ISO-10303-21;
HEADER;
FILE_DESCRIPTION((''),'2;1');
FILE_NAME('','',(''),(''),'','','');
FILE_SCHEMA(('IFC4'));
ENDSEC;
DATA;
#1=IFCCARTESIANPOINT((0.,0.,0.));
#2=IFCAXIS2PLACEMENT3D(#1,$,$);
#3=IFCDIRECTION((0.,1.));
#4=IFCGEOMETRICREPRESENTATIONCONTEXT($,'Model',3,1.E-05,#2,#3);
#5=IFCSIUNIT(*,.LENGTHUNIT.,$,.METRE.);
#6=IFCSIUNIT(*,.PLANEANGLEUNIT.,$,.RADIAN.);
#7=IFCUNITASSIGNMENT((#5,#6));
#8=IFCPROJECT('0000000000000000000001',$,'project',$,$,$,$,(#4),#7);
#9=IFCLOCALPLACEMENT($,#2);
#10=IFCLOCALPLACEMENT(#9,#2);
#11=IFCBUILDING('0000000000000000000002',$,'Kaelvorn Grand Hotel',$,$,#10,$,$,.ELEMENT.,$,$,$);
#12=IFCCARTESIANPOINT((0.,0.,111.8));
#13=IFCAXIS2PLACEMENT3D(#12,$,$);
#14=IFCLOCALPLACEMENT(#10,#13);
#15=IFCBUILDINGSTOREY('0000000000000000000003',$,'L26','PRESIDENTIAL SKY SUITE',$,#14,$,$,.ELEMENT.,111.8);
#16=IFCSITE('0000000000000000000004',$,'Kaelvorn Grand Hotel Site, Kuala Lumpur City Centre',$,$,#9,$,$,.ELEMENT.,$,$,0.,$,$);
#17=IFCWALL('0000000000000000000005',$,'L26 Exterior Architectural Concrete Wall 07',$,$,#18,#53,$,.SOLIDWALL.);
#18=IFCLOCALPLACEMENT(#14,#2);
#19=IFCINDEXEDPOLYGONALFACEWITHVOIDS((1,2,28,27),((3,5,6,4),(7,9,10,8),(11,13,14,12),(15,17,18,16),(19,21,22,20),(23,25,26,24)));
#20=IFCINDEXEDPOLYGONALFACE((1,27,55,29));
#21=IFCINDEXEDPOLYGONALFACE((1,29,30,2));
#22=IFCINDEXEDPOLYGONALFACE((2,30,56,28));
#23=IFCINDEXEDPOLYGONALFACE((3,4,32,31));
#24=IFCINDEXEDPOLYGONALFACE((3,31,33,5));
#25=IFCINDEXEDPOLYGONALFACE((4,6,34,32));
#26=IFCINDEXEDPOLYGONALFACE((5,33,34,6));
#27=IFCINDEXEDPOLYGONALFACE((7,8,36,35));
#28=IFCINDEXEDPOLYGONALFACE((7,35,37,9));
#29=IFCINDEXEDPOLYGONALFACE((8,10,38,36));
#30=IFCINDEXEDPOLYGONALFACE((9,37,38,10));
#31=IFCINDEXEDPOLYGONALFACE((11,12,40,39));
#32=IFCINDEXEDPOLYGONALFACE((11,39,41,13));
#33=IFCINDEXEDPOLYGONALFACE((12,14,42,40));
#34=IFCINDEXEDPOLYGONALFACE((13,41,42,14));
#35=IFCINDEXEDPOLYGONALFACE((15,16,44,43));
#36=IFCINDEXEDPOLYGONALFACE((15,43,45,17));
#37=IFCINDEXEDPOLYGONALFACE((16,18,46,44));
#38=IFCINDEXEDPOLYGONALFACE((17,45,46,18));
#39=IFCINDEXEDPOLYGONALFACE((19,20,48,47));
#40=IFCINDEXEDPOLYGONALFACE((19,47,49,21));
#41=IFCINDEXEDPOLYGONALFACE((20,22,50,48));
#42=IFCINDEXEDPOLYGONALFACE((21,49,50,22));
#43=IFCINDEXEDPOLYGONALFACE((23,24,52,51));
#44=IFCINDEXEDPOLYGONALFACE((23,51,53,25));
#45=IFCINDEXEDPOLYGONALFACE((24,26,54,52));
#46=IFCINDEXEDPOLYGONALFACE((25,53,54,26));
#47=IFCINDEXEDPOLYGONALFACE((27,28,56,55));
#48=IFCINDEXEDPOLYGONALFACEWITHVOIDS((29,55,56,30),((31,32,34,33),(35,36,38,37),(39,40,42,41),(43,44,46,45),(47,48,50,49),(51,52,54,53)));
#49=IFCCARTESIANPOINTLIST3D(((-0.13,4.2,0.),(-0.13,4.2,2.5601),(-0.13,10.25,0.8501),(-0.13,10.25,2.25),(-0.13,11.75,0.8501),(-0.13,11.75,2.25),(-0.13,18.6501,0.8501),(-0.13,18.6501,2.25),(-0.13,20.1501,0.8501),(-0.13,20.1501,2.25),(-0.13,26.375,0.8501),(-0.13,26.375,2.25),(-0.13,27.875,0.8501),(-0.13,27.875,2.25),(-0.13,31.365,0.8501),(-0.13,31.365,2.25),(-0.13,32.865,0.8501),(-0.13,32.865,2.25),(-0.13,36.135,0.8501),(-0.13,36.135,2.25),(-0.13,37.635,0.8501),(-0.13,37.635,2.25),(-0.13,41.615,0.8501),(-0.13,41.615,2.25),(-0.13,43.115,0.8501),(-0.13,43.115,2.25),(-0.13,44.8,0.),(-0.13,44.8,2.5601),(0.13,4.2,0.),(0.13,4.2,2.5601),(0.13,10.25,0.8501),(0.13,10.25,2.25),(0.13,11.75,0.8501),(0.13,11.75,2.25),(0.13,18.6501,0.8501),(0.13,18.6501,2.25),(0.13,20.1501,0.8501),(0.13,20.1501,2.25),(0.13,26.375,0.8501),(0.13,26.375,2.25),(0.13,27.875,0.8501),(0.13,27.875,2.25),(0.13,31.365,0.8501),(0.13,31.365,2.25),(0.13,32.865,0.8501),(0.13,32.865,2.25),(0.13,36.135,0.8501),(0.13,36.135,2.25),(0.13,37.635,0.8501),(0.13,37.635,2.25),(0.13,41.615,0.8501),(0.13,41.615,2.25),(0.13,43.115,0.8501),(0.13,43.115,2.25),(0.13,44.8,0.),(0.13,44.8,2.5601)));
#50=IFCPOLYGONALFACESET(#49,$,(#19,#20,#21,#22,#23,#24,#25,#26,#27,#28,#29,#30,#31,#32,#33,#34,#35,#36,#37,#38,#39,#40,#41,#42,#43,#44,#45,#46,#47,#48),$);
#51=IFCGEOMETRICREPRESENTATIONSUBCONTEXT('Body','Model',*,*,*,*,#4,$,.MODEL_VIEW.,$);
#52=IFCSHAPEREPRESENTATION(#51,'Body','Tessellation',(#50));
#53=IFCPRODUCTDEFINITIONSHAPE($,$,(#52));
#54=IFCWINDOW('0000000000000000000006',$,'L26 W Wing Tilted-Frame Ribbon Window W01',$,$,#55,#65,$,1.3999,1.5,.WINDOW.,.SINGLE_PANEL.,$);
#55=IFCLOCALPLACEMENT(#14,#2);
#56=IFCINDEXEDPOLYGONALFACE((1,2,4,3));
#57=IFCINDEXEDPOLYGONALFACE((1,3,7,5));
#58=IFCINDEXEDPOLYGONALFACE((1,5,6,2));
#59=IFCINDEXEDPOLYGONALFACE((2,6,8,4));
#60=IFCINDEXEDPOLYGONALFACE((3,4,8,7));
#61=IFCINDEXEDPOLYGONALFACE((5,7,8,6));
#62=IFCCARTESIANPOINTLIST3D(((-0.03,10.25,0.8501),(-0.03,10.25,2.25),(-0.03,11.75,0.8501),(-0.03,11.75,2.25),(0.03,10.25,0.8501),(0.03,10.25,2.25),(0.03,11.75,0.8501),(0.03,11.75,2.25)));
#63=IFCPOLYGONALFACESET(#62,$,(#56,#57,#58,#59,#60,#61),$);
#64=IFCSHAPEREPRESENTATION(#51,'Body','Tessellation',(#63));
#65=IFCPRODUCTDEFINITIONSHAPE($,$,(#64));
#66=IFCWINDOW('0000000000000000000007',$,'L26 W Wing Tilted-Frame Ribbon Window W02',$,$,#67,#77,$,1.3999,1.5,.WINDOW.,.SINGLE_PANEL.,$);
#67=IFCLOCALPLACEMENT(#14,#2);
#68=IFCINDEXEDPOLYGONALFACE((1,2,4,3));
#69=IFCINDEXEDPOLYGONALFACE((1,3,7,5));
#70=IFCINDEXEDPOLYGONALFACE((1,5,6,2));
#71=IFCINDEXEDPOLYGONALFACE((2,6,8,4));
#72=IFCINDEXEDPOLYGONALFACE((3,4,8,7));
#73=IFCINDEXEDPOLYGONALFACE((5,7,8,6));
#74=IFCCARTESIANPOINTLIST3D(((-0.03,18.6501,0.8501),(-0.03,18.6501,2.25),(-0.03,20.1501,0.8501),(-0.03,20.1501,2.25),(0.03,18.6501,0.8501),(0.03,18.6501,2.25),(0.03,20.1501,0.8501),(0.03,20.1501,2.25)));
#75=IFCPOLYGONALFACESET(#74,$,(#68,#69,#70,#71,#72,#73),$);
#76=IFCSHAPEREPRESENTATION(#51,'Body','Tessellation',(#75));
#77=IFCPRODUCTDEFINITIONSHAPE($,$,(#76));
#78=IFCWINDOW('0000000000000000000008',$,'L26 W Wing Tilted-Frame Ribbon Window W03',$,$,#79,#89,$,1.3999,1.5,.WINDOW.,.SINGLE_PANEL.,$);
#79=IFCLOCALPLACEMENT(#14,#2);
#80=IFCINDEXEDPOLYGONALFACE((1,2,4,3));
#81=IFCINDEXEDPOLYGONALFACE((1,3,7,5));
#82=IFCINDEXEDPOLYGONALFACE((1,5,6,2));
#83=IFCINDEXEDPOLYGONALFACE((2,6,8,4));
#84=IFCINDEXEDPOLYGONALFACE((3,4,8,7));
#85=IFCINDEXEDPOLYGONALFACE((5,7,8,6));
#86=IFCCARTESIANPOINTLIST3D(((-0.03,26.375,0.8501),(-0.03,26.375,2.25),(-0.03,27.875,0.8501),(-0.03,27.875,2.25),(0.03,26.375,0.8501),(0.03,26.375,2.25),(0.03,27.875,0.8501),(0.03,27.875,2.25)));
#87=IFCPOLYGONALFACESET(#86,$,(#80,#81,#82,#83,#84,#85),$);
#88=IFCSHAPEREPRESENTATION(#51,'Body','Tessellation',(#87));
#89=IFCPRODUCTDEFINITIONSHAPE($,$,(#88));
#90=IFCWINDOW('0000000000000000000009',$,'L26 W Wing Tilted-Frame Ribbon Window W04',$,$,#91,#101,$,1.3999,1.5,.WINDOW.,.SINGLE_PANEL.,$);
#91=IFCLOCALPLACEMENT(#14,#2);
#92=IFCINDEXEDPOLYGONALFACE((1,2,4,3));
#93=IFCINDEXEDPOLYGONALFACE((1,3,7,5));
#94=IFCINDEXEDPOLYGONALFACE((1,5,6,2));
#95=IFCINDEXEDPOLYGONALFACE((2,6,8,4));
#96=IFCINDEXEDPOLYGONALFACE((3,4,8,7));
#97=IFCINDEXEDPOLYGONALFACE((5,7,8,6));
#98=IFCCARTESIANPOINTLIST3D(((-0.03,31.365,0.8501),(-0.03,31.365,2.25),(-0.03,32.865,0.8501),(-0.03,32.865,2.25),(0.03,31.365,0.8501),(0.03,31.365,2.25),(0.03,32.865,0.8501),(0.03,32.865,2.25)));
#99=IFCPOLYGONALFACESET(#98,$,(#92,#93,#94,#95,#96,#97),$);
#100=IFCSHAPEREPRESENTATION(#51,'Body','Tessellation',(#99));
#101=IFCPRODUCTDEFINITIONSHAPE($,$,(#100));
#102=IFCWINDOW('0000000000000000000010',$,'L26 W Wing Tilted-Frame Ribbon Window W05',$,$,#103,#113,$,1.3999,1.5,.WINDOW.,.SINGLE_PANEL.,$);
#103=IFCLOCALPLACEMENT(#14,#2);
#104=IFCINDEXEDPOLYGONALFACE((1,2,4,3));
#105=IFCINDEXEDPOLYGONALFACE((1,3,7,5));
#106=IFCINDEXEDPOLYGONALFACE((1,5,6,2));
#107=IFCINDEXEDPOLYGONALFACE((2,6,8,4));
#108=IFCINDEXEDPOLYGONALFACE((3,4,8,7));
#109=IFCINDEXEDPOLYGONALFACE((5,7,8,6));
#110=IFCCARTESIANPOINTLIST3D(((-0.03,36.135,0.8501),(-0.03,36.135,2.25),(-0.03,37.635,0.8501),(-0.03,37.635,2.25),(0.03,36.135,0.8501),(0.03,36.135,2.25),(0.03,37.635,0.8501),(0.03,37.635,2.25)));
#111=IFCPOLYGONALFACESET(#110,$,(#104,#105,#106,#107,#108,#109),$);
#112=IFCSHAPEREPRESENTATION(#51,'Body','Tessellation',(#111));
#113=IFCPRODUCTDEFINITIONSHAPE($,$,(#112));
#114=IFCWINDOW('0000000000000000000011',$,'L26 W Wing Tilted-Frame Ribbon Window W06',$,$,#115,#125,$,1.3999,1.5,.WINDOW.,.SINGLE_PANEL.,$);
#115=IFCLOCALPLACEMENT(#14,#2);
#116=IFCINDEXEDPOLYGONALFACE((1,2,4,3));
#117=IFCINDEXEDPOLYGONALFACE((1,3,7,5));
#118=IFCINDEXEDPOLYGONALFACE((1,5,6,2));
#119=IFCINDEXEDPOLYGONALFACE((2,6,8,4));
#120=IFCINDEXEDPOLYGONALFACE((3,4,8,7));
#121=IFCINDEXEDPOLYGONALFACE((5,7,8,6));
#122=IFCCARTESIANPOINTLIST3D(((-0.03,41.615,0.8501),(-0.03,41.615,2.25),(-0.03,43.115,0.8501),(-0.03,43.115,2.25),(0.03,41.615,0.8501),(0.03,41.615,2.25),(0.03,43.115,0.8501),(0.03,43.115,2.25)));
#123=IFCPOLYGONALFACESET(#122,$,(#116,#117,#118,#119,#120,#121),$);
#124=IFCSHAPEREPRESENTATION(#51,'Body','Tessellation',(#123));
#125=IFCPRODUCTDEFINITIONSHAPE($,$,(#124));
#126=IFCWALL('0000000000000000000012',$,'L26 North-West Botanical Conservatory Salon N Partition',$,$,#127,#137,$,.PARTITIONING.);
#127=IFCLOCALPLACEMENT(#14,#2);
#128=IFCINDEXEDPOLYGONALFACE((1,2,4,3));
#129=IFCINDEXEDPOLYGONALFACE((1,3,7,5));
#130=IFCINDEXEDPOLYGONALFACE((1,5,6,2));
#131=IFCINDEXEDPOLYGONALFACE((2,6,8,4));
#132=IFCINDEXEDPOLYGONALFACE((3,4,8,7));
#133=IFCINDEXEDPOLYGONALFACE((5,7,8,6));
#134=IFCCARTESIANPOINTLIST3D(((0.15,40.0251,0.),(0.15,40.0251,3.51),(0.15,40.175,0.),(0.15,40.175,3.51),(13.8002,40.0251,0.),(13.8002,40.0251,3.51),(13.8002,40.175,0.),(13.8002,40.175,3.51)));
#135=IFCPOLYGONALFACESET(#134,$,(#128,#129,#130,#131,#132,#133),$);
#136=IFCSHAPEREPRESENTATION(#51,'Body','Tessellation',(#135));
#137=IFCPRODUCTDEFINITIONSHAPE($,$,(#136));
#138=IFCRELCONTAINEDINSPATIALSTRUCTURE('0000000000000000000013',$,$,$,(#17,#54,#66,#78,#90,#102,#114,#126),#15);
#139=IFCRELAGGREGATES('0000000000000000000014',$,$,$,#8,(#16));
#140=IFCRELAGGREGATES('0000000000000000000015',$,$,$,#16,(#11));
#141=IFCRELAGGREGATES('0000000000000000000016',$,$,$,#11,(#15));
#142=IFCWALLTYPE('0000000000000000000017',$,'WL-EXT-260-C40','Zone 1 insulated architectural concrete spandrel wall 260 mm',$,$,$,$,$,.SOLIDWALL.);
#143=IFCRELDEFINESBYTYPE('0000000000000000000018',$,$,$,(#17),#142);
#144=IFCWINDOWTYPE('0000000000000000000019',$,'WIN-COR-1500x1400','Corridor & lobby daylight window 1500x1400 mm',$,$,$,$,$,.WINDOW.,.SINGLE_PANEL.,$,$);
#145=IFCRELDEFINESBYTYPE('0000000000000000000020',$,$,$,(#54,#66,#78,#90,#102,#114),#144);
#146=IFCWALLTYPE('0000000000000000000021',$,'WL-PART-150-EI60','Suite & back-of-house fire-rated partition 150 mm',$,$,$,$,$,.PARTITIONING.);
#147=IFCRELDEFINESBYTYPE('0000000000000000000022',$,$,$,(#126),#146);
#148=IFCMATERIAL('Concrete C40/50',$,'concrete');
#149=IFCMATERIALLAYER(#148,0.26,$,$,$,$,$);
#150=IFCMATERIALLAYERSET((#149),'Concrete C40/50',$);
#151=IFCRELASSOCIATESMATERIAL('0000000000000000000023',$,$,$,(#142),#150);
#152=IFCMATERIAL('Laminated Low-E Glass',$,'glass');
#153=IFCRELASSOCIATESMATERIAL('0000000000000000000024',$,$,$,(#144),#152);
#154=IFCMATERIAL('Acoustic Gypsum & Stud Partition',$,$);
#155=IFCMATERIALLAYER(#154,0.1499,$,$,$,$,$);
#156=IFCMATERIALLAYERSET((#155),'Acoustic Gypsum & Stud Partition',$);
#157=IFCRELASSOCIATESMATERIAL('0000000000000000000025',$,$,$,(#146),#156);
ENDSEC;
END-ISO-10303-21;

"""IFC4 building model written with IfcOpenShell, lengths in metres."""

from ifc_helpers import new_model, si_unit, direction, frame, frame_2d, origin, place, context, subcontext, project, spatial, rectangle, extrude, material, layer, layer_set, type_object, element, fill, save


model = new_model("IFC4")

# Units and contexts
model_context = context("Model", 3, precision=1e-05, world=origin(), true_north=direction((0.0, 1.0)))
body_context = subcontext(model_context, "Body", "Model", "MODEL_VIEW")
ifc_project = project(units=[si_unit("LENGTHUNIT", "METRE"), si_unit("PLANEANGLEUNIT", "RADIAN")], contexts=[model_context])

# Site, building, storey
site_placement = place(None, origin())
site = spatial("IfcSite", under=ifc_project, at=site_placement, Name="Kaelvorn Grand Hotel Site, Kuala Lumpur City Centre", CompositionType="ELEMENT", RefElevation=0.0)
building_placement = place(site_placement, origin())
building = spatial("IfcBuilding", under=site, at=building_placement, Name="Kaelvorn Grand Hotel", CompositionType="ELEMENT")
storey_placement = place(building_placement, frame((0.0, 0.0, 111.8)))
storey = spatial("IfcBuildingStorey", under=building, at=storey_placement, Name="L26", Description="PRESIDENTIAL SKY SUITE", CompositionType="ELEMENT", Elevation=111.8)

# Shared definitions
ifc_material_1 = material(Name="Concrete C40/50", Category="concrete")
ifc_layer_1 = layer(ifc_material_1, 0.26)
ifc_layer_set_1 = layer_set([ifc_layer_1], Name="Concrete C40/50")
wall_type_1 = type_object("IfcWallType", Name="WL-EXT-260-C40", Description="Zone 1 insulated architectural concrete spandrel wall 260 mm", PredefinedType="SOLIDWALL", material=ifc_layer_set_1)

# Wall, openings, windows
wall_1_placement = place(storey_placement, frame((0.0, 44.8, 0.0), z_axis=(0.0, 0.0, 1.0), x_axis=(0.0, -1.0, 0.0)))
wall_1 = element("IfcWall", 1, at=wall_1_placement, inside=storey, type_object=wall_type_1, Name="L26 Exterior Architectural Concrete Wall 07", PredefinedType="SOLIDWALL", context=body_context, shape_type="SweptSolid", body=[
    extrude(rectangle(XDim=40.6001, YDim=0.26, at=frame_2d((20.3, 0.0))), origin(), (0.0, 0.0, 1.0), 2.5601),
])
opening_1_placement = place(wall_1_placement, frame((33.05, 0.0, 0.8501)))
opening_1 = element("IfcOpeningElement", 2, at=opening_1_placement, cuts=wall_1, PredefinedType="OPENING", context=body_context, shape_type="SweptSolid", body=[
    extrude(rectangle(XDim=1.5, YDim=1.3999, at=frame_2d((0.75, 0.7))), frame((0.0, 0.1401, 0.0), z_axis=(0.0, -1.0, 0.0), x_axis=(1.0, 0.0, 0.0)), (0.0, 0.0, 1.0), 0.28),
])
opening_2_placement = place(wall_1_placement, frame((24.6499, 0.0, 0.8501)))
opening_2 = element("IfcOpeningElement", 3, at=opening_2_placement, cuts=wall_1, PredefinedType="OPENING", context=body_context, shape_type="SweptSolid", body=[
    extrude(rectangle(XDim=1.5, YDim=1.3999, at=frame_2d((0.75, 0.7))), frame((0.0, 0.1401, 0.0), z_axis=(0.0, -1.0, 0.0), x_axis=(1.0, 0.0, 0.0)), (0.0, 0.0, 1.0), 0.28),
])
opening_3_placement = place(wall_1_placement, frame((16.925, 0.0, 0.8501)))
opening_3 = element("IfcOpeningElement", 4, at=opening_3_placement, cuts=wall_1, PredefinedType="OPENING", context=body_context, shape_type="SweptSolid", body=[
    extrude(rectangle(XDim=1.5, YDim=1.3999, at=frame_2d((0.75, 0.7))), frame((0.0, 0.1401, 0.0), z_axis=(0.0, -1.0, 0.0), x_axis=(1.0, 0.0, 0.0)), (0.0, 0.0, 1.0), 0.28),
])
opening_4_placement = place(wall_1_placement, frame((11.9351, 0.0, 0.8501)))
opening_4 = element("IfcOpeningElement", 5, at=opening_4_placement, cuts=wall_1, PredefinedType="OPENING", context=body_context, shape_type="SweptSolid", body=[
    extrude(rectangle(XDim=1.5, YDim=1.3999, at=frame_2d((0.75, 0.7))), frame((0.0, 0.1401, 0.0), z_axis=(0.0, -1.0, 0.0), x_axis=(1.0, 0.0, 0.0)), (0.0, 0.0, 1.0), 0.28),
])
opening_5_placement = place(wall_1_placement, frame((7.165, 0.0, 0.8501)))
opening_5 = element("IfcOpeningElement", 6, at=opening_5_placement, cuts=wall_1, PredefinedType="OPENING", context=body_context, shape_type="SweptSolid", body=[
    extrude(rectangle(XDim=1.5, YDim=1.3999, at=frame_2d((0.75, 0.7))), frame((0.0, 0.1401, 0.0), z_axis=(0.0, -1.0, 0.0), x_axis=(1.0, 0.0, 0.0)), (0.0, 0.0, 1.0), 0.28),
])
opening_6_placement = place(wall_1_placement, frame((1.6851, 0.0, 0.8501)))
opening_6 = element("IfcOpeningElement", 7, at=opening_6_placement, cuts=wall_1, PredefinedType="OPENING", context=body_context, shape_type="SweptSolid", body=[
    extrude(rectangle(XDim=1.5, YDim=1.3999, at=frame_2d((0.75, 0.7))), frame((0.0, 0.1401, 0.0), z_axis=(0.0, -1.0, 0.0), x_axis=(1.0, 0.0, 0.0)), (0.0, 0.0, 1.0), 0.28),
])
ifc_material_2 = material(Name="Laminated Low-E Glass", Category="glass")
window_type = type_object("IfcWindowType", Name="WIN-COR-1500x1400", Description="Corridor & lobby daylight window 1500x1400 mm", PartitioningType="SINGLE_PANEL", PredefinedType="WINDOW", material=ifc_material_2)
window_1_placement = place(opening_1_placement, origin())
window_1 = element("IfcWindow", 8, at=window_1_placement, inside=storey, type_object=window_type, Name="L26 W Wing Tilted-Frame Ribbon Window W01", OverallHeight=1.3999, OverallWidth=1.5, PartitioningType="SINGLE_PANEL", PredefinedType="WINDOW", context=body_context, shape_type="SweptSolid", body=[
    extrude(rectangle(XDim=1.5, YDim=1.3999, at=frame_2d((0.75, 0.7))), frame((0.0, 0.03, 0.0), z_axis=(0.0, -1.0, 0.0), x_axis=(1.0, 0.0, 0.0)), (0.0, 0.0, 1.0), 0.0601),
])
fill(opening_1, window_1)
window_2_placement = place(opening_2_placement, origin())
window_2 = element("IfcWindow", 9, at=window_2_placement, inside=storey, type_object=window_type, Name="L26 W Wing Tilted-Frame Ribbon Window W02", OverallHeight=1.3999, OverallWidth=1.5, PartitioningType="SINGLE_PANEL", PredefinedType="WINDOW", context=body_context, shape_type="SweptSolid", body=[
    extrude(rectangle(XDim=1.5, YDim=1.3999, at=frame_2d((0.75, 0.7))), frame((0.0, 0.03, 0.0), z_axis=(0.0, -1.0, 0.0), x_axis=(1.0, 0.0, 0.0)), (0.0, 0.0, 1.0), 0.0601),
])
fill(opening_2, window_2)
window_3_placement = place(opening_3_placement, origin())
window_3 = element("IfcWindow", 10, at=window_3_placement, inside=storey, type_object=window_type, Name="L26 W Wing Tilted-Frame Ribbon Window W03", OverallHeight=1.3999, OverallWidth=1.5, PartitioningType="SINGLE_PANEL", PredefinedType="WINDOW", context=body_context, shape_type="SweptSolid", body=[
    extrude(rectangle(XDim=1.5, YDim=1.3999, at=frame_2d((0.75, 0.7))), frame((0.0, 0.03, 0.0), z_axis=(0.0, -1.0, 0.0), x_axis=(1.0, 0.0, 0.0)), (0.0, 0.0, 1.0), 0.0601),
])
fill(opening_3, window_3)
window_4_placement = place(opening_4_placement, origin())
window_4 = element("IfcWindow", 11, at=window_4_placement, inside=storey, type_object=window_type, Name="L26 W Wing Tilted-Frame Ribbon Window W04", OverallHeight=1.3999, OverallWidth=1.5, PartitioningType="SINGLE_PANEL", PredefinedType="WINDOW", context=body_context, shape_type="SweptSolid", body=[
    extrude(rectangle(XDim=1.5, YDim=1.3999, at=frame_2d((0.75, 0.7))), frame((0.0, 0.03, 0.0), z_axis=(0.0, -1.0, 0.0), x_axis=(1.0, 0.0, 0.0)), (0.0, 0.0, 1.0), 0.0601),
])
fill(opening_4, window_4)
window_5_placement = place(opening_5_placement, origin())
window_5 = element("IfcWindow", 12, at=window_5_placement, inside=storey, type_object=window_type, Name="L26 W Wing Tilted-Frame Ribbon Window W05", OverallHeight=1.3999, OverallWidth=1.5, PartitioningType="SINGLE_PANEL", PredefinedType="WINDOW", context=body_context, shape_type="SweptSolid", body=[
    extrude(rectangle(XDim=1.5, YDim=1.3999, at=frame_2d((0.75, 0.7))), frame((0.0, 0.03, 0.0), z_axis=(0.0, -1.0, 0.0), x_axis=(1.0, 0.0, 0.0)), (0.0, 0.0, 1.0), 0.0601),
])
fill(opening_5, window_5)
window_6_placement = place(opening_6_placement, origin())
window_6 = element("IfcWindow", 13, at=window_6_placement, inside=storey, type_object=window_type, Name="L26 W Wing Tilted-Frame Ribbon Window W06", OverallHeight=1.3999, OverallWidth=1.5, PartitioningType="SINGLE_PANEL", PredefinedType="WINDOW", context=body_context, shape_type="SweptSolid", body=[
    extrude(rectangle(XDim=1.5, YDim=1.3999, at=frame_2d((0.75, 0.7))), frame((0.0, 0.03, 0.0), z_axis=(0.0, -1.0, 0.0), x_axis=(1.0, 0.0, 0.0)), (0.0, 0.0, 1.0), 0.0601),
])
fill(opening_6, window_6)

# Wall
ifc_material_3 = material(Name="Acoustic Gypsum & Stud Partition")
ifc_layer_2 = layer(ifc_material_3, 0.1499)
ifc_layer_set_2 = layer_set([ifc_layer_2], Name="Acoustic Gypsum & Stud Partition")
wall_type_2 = type_object("IfcWallType", Name="WL-PART-150-EI60", Description="Suite & back-of-house fire-rated partition 150 mm", PredefinedType="PARTITIONING", material=ifc_layer_set_2)
wall_2_placement = place(storey_placement, frame((0.1499, 40.1001, 0.0), z_axis=(0.0, 0.0, 1.0), x_axis=(1.0, 0.0, 0.0)))
element("IfcWall", 14, at=wall_2_placement, inside=storey, type_object=wall_type_2, Name="L26 North-West Botanical Conservatory Salon N Partition", PredefinedType="PARTITIONING", context=body_context, shape_type="SweptSolid", body=[
    extrude(rectangle(XDim=13.6501, YDim=0.1499, at=frame_2d((6.8252, 0.0))), origin(), (0.0, 0.0, 1.0), 3.51),
])

save(model, "model.ifc")
